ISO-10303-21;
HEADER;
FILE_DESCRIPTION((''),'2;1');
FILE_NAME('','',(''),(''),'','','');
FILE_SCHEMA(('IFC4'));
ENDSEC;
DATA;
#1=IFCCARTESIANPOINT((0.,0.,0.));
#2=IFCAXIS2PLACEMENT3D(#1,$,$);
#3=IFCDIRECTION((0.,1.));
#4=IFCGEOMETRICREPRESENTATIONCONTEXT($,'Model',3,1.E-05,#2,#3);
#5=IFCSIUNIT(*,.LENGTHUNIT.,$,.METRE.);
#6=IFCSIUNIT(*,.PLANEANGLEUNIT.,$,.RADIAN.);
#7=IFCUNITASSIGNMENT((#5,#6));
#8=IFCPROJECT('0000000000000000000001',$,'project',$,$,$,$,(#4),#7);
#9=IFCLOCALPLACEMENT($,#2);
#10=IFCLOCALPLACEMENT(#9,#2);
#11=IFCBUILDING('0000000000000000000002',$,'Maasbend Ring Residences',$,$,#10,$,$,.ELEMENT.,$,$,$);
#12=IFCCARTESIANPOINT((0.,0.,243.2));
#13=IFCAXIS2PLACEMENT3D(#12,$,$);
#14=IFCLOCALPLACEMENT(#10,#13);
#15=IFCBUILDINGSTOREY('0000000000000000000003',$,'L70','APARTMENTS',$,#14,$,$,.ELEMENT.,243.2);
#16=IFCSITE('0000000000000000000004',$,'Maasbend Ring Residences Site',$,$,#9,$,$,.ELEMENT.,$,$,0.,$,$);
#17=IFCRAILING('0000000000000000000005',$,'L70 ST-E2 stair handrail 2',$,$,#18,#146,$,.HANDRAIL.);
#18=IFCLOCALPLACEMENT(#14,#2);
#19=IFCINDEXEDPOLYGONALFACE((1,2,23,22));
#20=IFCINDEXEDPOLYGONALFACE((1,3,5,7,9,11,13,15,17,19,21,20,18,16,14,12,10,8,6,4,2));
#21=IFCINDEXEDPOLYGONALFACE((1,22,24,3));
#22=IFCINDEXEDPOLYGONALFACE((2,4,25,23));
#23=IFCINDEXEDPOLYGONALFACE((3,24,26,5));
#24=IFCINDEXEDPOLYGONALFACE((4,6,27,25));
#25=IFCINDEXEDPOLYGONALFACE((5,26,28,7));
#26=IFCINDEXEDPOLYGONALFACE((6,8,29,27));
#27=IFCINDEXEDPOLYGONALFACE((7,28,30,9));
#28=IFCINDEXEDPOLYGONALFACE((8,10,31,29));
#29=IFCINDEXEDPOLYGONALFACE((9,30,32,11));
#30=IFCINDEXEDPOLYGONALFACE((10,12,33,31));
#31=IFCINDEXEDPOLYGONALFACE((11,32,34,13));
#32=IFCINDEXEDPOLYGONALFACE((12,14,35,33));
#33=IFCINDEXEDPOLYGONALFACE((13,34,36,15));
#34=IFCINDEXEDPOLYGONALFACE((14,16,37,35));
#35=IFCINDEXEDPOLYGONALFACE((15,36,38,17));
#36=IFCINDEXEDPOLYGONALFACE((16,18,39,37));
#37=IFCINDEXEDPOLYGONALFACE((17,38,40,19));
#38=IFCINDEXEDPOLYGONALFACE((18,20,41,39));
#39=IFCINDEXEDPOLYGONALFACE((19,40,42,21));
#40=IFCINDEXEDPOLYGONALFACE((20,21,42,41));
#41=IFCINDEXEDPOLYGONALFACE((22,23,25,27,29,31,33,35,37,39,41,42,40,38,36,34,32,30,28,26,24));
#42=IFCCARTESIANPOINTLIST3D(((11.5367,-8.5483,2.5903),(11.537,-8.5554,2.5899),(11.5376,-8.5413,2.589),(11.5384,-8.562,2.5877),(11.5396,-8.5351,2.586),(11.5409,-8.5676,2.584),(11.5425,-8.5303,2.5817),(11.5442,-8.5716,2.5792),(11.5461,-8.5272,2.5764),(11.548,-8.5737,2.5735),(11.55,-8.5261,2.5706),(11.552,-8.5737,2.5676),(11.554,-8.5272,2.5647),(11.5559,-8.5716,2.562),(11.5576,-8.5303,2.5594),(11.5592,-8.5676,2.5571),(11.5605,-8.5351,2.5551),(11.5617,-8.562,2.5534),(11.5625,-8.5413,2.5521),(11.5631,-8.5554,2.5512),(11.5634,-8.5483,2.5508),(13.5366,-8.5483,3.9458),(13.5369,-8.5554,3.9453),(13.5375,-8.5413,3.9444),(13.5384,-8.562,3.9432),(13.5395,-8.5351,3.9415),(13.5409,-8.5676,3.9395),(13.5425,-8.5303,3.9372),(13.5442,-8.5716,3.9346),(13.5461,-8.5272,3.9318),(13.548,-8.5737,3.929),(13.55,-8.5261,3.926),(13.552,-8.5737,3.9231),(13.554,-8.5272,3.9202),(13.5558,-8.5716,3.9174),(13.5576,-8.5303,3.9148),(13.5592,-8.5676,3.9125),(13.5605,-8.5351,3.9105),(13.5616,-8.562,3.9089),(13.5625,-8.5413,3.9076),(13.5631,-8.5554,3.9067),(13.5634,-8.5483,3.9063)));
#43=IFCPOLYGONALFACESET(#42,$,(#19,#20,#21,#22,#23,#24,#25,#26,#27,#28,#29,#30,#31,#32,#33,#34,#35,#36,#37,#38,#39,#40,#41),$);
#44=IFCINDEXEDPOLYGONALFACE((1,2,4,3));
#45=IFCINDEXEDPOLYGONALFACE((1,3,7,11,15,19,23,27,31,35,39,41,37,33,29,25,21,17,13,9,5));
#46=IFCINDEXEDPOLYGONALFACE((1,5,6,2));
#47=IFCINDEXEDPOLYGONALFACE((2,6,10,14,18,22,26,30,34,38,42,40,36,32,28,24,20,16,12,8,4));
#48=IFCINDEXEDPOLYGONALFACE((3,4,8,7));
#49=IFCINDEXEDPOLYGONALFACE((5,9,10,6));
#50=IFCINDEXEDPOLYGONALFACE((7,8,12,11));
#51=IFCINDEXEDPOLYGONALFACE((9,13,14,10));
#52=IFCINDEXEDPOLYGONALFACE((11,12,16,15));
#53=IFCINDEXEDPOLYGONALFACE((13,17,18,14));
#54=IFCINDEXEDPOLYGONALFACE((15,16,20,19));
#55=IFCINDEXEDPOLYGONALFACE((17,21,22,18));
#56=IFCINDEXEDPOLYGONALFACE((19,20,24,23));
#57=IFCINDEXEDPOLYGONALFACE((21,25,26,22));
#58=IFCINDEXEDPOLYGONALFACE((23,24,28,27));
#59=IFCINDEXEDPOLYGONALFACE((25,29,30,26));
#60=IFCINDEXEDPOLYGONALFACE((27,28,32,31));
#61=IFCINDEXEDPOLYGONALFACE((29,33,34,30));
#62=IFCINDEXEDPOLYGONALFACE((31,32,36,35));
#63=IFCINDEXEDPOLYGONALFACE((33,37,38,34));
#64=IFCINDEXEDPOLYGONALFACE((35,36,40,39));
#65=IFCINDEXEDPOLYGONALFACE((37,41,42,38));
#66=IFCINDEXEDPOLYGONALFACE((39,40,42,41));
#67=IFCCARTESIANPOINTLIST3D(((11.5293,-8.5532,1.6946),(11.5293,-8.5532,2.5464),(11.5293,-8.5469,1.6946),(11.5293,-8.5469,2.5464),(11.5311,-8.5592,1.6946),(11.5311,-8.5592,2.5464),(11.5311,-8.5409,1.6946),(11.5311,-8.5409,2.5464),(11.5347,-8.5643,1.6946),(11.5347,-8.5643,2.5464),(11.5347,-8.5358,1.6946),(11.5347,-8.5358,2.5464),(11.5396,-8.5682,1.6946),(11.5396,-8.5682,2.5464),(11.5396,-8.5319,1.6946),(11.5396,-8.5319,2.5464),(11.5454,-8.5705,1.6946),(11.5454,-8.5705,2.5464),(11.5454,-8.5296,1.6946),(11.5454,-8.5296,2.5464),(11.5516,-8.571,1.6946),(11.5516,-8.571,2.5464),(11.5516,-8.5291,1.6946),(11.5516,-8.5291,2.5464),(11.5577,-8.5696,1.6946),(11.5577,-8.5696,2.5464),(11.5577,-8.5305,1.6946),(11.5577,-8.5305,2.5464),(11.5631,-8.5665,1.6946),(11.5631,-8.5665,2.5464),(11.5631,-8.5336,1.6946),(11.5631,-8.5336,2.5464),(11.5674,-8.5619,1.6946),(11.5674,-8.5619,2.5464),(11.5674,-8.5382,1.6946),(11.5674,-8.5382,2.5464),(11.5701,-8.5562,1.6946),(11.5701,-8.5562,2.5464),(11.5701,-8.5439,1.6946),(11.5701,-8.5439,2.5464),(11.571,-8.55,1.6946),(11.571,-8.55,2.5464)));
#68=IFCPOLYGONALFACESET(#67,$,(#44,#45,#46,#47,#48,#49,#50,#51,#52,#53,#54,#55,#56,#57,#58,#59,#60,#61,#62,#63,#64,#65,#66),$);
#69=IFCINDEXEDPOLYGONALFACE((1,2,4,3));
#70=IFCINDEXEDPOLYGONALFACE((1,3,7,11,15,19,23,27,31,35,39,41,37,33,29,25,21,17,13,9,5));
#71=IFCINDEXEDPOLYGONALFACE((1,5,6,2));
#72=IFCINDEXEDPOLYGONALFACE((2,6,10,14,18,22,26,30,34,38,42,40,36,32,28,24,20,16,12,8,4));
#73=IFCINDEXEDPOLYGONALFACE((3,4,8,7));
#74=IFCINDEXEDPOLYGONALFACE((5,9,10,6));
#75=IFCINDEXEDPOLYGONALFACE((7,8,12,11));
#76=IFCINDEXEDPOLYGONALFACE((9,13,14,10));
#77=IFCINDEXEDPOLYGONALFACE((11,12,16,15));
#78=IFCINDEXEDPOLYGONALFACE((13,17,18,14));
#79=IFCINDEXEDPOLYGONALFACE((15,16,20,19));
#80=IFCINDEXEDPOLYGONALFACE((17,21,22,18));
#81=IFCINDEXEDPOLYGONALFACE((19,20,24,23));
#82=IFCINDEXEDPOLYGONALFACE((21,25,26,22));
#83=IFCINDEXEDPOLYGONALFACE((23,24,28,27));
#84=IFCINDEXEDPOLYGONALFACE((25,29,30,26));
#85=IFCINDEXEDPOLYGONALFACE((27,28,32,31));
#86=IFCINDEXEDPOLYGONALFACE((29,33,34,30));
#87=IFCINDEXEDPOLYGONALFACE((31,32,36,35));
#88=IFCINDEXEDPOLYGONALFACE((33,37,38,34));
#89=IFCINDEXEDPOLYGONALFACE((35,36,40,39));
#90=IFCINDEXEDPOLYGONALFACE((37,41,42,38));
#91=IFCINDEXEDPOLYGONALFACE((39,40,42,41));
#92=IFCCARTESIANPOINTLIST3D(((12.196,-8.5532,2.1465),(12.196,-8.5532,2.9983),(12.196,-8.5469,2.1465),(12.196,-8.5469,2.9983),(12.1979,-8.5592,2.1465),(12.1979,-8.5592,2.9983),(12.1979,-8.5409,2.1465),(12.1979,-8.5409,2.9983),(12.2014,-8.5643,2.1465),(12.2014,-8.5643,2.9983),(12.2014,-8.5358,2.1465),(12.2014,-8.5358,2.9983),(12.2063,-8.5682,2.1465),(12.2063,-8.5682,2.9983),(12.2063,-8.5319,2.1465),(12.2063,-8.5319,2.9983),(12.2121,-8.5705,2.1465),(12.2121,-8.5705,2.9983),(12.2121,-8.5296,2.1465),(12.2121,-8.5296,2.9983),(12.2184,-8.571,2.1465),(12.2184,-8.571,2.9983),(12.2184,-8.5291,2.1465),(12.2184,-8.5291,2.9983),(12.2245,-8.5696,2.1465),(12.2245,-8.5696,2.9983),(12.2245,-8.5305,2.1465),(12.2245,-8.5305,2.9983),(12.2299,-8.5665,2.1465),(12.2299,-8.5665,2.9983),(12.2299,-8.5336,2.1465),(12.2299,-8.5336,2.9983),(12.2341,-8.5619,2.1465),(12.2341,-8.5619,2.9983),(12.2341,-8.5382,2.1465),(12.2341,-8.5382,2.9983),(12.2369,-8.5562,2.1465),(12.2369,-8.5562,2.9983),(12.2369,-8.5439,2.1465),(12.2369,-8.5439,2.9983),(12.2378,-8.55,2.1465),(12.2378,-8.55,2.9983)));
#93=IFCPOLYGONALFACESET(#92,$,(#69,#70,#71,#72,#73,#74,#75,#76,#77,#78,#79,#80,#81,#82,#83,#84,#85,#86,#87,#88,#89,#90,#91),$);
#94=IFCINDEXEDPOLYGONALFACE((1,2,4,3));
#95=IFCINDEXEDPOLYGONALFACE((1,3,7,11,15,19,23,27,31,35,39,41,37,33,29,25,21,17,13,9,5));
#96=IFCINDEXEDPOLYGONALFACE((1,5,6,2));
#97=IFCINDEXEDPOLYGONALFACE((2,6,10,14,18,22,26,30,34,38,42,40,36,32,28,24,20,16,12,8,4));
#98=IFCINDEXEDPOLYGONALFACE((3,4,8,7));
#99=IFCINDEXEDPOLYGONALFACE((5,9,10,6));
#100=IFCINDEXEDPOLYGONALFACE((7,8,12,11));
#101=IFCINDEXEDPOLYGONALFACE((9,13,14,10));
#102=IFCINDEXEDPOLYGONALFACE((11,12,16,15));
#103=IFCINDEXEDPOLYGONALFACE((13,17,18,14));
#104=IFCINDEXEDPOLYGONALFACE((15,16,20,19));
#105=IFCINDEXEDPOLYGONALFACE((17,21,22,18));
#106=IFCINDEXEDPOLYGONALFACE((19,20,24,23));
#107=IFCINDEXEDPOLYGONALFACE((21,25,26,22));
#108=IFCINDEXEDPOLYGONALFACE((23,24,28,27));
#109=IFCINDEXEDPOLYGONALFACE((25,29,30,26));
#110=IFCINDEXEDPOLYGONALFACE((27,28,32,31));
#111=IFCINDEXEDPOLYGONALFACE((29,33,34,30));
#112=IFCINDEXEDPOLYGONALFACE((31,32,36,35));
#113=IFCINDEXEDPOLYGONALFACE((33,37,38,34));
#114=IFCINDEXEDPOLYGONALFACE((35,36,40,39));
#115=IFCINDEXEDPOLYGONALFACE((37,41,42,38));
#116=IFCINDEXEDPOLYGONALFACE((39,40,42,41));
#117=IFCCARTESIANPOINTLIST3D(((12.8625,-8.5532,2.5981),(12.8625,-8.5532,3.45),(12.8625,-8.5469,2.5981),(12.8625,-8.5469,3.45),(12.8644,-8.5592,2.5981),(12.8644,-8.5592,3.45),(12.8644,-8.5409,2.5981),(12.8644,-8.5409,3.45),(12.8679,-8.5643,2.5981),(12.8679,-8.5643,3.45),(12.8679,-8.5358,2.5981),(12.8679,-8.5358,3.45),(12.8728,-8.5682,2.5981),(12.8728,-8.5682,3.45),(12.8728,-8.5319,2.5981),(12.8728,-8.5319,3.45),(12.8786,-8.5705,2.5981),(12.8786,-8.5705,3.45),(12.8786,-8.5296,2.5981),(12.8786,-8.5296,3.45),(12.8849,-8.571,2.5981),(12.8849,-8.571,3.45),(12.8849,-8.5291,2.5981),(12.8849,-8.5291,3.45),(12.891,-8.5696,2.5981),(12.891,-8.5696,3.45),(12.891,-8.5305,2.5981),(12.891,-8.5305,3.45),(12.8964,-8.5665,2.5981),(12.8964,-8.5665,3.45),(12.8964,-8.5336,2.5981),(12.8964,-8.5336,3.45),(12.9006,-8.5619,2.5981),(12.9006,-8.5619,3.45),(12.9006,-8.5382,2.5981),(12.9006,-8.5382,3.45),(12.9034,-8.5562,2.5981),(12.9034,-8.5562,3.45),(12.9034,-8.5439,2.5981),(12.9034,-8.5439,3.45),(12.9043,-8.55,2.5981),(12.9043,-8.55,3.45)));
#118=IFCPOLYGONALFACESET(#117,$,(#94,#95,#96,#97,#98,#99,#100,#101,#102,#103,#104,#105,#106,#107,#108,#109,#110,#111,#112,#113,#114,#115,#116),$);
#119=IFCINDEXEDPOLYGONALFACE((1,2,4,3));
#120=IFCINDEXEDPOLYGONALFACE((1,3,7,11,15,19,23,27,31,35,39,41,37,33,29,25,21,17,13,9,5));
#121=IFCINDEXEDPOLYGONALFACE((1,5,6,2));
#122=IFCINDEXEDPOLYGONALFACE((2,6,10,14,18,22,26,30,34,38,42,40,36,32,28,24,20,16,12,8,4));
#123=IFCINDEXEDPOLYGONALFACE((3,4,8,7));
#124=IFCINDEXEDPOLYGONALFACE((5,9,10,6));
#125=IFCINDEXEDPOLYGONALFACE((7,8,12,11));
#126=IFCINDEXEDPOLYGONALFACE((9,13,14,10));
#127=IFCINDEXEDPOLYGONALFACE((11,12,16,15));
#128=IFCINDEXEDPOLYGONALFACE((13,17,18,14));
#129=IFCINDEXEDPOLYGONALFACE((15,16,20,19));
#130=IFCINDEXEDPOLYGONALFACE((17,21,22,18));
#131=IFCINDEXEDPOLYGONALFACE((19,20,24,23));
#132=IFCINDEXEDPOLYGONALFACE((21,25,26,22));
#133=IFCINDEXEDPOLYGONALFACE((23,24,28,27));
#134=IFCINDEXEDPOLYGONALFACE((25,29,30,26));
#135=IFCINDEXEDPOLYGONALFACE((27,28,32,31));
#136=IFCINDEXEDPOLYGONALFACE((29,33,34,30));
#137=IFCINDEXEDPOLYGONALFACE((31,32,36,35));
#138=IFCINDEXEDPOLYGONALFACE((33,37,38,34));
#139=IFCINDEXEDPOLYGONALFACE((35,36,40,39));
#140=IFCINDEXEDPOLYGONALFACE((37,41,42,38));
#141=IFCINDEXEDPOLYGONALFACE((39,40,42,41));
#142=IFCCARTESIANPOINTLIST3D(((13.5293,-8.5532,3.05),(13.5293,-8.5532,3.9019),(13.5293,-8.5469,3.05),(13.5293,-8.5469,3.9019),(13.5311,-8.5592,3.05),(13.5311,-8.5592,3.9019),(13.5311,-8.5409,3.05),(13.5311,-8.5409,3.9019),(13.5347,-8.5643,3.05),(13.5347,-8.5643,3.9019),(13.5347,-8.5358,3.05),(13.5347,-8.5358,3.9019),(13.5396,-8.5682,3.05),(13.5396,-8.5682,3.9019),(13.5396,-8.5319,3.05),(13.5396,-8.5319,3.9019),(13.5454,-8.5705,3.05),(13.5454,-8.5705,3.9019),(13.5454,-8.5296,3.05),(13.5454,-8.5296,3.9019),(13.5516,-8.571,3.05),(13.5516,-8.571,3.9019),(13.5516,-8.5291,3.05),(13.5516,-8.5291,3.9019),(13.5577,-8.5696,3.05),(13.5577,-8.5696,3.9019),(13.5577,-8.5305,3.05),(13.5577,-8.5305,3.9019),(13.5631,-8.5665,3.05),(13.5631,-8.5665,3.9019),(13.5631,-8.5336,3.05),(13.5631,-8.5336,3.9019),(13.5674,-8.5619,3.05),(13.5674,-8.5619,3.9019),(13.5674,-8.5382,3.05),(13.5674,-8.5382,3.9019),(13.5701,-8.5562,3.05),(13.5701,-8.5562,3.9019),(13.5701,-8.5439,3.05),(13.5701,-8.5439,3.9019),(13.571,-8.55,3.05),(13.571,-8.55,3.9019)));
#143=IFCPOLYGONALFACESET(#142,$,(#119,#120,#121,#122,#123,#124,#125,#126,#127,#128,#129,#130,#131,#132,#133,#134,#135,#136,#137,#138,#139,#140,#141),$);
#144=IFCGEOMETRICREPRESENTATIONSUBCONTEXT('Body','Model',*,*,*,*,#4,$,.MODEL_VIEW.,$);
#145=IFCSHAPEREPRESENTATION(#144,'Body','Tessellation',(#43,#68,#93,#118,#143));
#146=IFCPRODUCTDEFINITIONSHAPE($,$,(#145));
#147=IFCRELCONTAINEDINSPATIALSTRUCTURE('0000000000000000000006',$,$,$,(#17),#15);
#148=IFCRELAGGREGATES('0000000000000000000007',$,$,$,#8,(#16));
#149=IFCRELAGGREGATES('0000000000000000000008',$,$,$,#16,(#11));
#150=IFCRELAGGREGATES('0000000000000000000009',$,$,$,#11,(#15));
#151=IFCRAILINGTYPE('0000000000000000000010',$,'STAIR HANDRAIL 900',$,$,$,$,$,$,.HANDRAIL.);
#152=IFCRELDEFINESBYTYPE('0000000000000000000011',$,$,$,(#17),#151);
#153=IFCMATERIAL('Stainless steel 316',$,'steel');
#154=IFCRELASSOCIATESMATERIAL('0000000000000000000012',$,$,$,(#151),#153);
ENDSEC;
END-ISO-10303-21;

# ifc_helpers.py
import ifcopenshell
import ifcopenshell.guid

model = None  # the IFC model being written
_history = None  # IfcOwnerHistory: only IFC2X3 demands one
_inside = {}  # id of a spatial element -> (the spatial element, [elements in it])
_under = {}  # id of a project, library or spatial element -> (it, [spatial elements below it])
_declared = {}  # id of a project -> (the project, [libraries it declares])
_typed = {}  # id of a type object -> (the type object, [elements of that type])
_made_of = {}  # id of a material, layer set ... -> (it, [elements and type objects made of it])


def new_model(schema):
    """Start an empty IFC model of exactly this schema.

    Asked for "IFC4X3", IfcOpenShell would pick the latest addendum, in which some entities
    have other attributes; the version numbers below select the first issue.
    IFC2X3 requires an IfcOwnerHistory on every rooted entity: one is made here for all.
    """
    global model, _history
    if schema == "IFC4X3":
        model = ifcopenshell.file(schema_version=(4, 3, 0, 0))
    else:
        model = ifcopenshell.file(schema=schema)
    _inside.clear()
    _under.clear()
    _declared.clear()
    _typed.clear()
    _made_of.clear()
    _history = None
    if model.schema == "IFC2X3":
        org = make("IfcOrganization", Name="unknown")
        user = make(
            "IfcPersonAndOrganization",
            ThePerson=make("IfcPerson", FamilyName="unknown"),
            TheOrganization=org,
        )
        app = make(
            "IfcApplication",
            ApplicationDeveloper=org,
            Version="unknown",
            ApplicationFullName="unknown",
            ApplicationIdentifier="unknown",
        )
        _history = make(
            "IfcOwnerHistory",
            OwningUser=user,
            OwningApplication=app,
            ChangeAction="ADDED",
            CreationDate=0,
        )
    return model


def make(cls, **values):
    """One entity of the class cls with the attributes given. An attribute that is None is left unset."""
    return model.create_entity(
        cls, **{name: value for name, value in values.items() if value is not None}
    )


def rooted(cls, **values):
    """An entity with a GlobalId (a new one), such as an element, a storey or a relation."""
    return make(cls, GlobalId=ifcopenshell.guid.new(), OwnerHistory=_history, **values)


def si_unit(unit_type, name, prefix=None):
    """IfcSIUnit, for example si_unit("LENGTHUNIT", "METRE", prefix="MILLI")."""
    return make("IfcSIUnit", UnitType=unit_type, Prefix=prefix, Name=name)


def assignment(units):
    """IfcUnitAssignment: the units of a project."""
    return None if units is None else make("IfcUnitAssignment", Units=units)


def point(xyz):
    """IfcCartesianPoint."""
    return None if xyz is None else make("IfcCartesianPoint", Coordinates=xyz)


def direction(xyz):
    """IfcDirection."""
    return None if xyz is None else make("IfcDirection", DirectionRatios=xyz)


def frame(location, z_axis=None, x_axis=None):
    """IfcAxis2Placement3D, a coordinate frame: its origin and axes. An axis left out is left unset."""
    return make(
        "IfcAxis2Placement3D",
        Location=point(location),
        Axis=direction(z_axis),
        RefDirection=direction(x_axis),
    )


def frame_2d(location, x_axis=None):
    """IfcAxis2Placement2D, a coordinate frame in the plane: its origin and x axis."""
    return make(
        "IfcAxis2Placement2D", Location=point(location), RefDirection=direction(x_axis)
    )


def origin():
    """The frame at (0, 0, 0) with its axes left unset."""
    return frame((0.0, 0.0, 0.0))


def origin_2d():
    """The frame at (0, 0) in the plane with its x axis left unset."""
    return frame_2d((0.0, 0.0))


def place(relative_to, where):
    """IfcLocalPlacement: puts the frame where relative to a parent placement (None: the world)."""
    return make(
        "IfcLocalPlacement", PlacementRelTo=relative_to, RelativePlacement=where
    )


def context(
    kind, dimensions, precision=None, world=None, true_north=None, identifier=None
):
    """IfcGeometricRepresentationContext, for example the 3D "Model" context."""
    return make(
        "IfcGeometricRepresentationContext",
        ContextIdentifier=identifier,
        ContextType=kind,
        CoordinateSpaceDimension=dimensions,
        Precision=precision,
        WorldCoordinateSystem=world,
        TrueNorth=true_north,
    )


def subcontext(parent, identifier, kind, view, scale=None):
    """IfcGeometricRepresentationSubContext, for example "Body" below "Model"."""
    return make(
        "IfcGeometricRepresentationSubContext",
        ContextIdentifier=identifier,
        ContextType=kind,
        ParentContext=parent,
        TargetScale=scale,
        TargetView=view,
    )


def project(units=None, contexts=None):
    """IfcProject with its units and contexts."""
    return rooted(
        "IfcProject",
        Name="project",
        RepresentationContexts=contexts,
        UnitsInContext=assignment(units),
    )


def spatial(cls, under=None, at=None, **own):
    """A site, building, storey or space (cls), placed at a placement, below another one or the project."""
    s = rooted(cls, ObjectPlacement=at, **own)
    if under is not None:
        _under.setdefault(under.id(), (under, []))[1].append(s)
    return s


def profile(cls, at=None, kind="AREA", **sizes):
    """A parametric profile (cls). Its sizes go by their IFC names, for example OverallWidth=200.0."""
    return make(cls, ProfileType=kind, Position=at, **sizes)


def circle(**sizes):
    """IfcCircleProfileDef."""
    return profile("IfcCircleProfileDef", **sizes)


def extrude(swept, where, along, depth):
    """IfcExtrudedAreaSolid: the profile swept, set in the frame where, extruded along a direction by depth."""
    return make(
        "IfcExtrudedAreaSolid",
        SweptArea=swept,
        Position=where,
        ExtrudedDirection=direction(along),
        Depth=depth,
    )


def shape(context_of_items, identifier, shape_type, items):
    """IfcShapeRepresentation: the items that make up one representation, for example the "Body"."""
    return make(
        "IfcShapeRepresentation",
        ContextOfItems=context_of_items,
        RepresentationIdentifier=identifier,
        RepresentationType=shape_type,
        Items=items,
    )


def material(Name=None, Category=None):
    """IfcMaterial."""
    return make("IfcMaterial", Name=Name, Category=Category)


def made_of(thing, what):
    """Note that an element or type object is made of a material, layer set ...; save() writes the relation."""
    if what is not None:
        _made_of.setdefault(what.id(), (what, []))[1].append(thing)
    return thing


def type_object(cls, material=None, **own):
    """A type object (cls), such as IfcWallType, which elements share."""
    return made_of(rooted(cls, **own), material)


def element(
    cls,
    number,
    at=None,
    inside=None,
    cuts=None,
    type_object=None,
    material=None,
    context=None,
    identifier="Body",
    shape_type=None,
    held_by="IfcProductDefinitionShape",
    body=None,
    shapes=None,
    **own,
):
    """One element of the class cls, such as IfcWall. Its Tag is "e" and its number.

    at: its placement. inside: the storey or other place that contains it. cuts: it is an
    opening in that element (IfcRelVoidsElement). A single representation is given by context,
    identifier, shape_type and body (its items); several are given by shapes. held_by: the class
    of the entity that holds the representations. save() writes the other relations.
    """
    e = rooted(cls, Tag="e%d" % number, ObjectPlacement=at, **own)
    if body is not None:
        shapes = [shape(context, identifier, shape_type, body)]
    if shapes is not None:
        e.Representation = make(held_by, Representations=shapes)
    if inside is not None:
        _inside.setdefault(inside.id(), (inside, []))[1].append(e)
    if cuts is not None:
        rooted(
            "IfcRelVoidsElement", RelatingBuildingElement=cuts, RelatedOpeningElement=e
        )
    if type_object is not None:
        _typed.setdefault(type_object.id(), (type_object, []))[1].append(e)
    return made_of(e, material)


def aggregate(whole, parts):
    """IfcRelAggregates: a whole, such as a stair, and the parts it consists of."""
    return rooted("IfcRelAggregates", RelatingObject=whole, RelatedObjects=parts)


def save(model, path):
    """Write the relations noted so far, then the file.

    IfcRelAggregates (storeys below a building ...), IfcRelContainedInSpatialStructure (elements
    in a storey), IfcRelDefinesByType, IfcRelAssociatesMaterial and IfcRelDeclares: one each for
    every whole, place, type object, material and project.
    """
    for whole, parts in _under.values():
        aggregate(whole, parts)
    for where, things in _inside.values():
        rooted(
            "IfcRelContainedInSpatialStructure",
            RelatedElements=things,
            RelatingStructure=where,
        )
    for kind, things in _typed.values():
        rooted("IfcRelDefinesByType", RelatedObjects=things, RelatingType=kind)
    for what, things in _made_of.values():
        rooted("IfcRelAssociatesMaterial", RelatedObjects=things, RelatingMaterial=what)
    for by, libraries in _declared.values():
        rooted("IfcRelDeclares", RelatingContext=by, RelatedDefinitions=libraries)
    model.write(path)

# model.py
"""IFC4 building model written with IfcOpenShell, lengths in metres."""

from ifc_helpers import new_model, si_unit, direction, frame, origin, origin_2d, place, context, subcontext, project, spatial, circle, extrude, material, type_object, element, save


model = new_model("IFC4")

# Units and contexts
model_context = context("Model", 3, precision=1e-05, world=origin(), true_north=direction((0.0, 1.0)))
body_context = subcontext(model_context, "Body", "Model", "MODEL_VIEW")
ifc_project = project(units=[si_unit("LENGTHUNIT", "METRE"), si_unit("PLANEANGLEUNIT", "RADIAN")], contexts=[model_context])

# Site, building, storey
site_placement = place(None, origin())
site = spatial("IfcSite", under=ifc_project, at=site_placement, Name="Maasbend Ring Residences Site", CompositionType="ELEMENT", RefElevation=0.0)
building_placement = place(site_placement, origin())
building = spatial("IfcBuilding", under=site, at=building_placement, Name="Maasbend Ring Residences", CompositionType="ELEMENT")
storey_placement = place(building_placement, frame((0.0, 0.0, 243.2)))
storey = spatial("IfcBuildingStorey", under=building, at=storey_placement, Name="L70", Description="APARTMENTS", CompositionType="ELEMENT", Elevation=243.2)

# Railing
ifc_material_1 = material(Name="Stainless steel 316", Category="steel")
railing_type_1 = type_object("IfcRailingType", Name="STAIR HANDRAIL 900", PredefinedType="HANDRAIL", material=ifc_material_1)
railing_1_placement = place(storey_placement, frame((11.55, -8.55, 1.6946)))
element("IfcRailing", 1, at=railing_1_placement, inside=storey, type_object=railing_type_1, Name="L70 ST-E2 stair handrail 2", PredefinedType="HANDRAIL", context=body_context, shape_type="SweptSolid", body=[
    extrude(circle(Radius=0.0239, at=origin_2d()), frame((0.0, 0.0, 0.876), z_axis=(0.827798, 0.0, 0.561027), x_axis=(0.0, 1.0, 0.0)), (0.0, 0.0, 1.0), 2.416),
    extrude(circle(Radius=0.021, at=origin_2d()), origin(), (0.0, 0.0, 1.0), 0.8518),
    extrude(circle(Radius=0.021, at=origin_2d()), frame((0.6667, 0.0, 0.4519)), (0.0, 0.0, 1.0), 0.8518),
    extrude(circle(Radius=0.021, at=origin_2d()), frame((1.3333, 0.0, 0.9036)), (0.0, 0.0, 1.0), 0.8518),
    extrude(circle(Radius=0.021, at=origin_2d()), frame((2.0, 0.0, 1.3555)), (0.0, 0.0, 1.0), 0.8518),
])

save(model, "model.ifc")
